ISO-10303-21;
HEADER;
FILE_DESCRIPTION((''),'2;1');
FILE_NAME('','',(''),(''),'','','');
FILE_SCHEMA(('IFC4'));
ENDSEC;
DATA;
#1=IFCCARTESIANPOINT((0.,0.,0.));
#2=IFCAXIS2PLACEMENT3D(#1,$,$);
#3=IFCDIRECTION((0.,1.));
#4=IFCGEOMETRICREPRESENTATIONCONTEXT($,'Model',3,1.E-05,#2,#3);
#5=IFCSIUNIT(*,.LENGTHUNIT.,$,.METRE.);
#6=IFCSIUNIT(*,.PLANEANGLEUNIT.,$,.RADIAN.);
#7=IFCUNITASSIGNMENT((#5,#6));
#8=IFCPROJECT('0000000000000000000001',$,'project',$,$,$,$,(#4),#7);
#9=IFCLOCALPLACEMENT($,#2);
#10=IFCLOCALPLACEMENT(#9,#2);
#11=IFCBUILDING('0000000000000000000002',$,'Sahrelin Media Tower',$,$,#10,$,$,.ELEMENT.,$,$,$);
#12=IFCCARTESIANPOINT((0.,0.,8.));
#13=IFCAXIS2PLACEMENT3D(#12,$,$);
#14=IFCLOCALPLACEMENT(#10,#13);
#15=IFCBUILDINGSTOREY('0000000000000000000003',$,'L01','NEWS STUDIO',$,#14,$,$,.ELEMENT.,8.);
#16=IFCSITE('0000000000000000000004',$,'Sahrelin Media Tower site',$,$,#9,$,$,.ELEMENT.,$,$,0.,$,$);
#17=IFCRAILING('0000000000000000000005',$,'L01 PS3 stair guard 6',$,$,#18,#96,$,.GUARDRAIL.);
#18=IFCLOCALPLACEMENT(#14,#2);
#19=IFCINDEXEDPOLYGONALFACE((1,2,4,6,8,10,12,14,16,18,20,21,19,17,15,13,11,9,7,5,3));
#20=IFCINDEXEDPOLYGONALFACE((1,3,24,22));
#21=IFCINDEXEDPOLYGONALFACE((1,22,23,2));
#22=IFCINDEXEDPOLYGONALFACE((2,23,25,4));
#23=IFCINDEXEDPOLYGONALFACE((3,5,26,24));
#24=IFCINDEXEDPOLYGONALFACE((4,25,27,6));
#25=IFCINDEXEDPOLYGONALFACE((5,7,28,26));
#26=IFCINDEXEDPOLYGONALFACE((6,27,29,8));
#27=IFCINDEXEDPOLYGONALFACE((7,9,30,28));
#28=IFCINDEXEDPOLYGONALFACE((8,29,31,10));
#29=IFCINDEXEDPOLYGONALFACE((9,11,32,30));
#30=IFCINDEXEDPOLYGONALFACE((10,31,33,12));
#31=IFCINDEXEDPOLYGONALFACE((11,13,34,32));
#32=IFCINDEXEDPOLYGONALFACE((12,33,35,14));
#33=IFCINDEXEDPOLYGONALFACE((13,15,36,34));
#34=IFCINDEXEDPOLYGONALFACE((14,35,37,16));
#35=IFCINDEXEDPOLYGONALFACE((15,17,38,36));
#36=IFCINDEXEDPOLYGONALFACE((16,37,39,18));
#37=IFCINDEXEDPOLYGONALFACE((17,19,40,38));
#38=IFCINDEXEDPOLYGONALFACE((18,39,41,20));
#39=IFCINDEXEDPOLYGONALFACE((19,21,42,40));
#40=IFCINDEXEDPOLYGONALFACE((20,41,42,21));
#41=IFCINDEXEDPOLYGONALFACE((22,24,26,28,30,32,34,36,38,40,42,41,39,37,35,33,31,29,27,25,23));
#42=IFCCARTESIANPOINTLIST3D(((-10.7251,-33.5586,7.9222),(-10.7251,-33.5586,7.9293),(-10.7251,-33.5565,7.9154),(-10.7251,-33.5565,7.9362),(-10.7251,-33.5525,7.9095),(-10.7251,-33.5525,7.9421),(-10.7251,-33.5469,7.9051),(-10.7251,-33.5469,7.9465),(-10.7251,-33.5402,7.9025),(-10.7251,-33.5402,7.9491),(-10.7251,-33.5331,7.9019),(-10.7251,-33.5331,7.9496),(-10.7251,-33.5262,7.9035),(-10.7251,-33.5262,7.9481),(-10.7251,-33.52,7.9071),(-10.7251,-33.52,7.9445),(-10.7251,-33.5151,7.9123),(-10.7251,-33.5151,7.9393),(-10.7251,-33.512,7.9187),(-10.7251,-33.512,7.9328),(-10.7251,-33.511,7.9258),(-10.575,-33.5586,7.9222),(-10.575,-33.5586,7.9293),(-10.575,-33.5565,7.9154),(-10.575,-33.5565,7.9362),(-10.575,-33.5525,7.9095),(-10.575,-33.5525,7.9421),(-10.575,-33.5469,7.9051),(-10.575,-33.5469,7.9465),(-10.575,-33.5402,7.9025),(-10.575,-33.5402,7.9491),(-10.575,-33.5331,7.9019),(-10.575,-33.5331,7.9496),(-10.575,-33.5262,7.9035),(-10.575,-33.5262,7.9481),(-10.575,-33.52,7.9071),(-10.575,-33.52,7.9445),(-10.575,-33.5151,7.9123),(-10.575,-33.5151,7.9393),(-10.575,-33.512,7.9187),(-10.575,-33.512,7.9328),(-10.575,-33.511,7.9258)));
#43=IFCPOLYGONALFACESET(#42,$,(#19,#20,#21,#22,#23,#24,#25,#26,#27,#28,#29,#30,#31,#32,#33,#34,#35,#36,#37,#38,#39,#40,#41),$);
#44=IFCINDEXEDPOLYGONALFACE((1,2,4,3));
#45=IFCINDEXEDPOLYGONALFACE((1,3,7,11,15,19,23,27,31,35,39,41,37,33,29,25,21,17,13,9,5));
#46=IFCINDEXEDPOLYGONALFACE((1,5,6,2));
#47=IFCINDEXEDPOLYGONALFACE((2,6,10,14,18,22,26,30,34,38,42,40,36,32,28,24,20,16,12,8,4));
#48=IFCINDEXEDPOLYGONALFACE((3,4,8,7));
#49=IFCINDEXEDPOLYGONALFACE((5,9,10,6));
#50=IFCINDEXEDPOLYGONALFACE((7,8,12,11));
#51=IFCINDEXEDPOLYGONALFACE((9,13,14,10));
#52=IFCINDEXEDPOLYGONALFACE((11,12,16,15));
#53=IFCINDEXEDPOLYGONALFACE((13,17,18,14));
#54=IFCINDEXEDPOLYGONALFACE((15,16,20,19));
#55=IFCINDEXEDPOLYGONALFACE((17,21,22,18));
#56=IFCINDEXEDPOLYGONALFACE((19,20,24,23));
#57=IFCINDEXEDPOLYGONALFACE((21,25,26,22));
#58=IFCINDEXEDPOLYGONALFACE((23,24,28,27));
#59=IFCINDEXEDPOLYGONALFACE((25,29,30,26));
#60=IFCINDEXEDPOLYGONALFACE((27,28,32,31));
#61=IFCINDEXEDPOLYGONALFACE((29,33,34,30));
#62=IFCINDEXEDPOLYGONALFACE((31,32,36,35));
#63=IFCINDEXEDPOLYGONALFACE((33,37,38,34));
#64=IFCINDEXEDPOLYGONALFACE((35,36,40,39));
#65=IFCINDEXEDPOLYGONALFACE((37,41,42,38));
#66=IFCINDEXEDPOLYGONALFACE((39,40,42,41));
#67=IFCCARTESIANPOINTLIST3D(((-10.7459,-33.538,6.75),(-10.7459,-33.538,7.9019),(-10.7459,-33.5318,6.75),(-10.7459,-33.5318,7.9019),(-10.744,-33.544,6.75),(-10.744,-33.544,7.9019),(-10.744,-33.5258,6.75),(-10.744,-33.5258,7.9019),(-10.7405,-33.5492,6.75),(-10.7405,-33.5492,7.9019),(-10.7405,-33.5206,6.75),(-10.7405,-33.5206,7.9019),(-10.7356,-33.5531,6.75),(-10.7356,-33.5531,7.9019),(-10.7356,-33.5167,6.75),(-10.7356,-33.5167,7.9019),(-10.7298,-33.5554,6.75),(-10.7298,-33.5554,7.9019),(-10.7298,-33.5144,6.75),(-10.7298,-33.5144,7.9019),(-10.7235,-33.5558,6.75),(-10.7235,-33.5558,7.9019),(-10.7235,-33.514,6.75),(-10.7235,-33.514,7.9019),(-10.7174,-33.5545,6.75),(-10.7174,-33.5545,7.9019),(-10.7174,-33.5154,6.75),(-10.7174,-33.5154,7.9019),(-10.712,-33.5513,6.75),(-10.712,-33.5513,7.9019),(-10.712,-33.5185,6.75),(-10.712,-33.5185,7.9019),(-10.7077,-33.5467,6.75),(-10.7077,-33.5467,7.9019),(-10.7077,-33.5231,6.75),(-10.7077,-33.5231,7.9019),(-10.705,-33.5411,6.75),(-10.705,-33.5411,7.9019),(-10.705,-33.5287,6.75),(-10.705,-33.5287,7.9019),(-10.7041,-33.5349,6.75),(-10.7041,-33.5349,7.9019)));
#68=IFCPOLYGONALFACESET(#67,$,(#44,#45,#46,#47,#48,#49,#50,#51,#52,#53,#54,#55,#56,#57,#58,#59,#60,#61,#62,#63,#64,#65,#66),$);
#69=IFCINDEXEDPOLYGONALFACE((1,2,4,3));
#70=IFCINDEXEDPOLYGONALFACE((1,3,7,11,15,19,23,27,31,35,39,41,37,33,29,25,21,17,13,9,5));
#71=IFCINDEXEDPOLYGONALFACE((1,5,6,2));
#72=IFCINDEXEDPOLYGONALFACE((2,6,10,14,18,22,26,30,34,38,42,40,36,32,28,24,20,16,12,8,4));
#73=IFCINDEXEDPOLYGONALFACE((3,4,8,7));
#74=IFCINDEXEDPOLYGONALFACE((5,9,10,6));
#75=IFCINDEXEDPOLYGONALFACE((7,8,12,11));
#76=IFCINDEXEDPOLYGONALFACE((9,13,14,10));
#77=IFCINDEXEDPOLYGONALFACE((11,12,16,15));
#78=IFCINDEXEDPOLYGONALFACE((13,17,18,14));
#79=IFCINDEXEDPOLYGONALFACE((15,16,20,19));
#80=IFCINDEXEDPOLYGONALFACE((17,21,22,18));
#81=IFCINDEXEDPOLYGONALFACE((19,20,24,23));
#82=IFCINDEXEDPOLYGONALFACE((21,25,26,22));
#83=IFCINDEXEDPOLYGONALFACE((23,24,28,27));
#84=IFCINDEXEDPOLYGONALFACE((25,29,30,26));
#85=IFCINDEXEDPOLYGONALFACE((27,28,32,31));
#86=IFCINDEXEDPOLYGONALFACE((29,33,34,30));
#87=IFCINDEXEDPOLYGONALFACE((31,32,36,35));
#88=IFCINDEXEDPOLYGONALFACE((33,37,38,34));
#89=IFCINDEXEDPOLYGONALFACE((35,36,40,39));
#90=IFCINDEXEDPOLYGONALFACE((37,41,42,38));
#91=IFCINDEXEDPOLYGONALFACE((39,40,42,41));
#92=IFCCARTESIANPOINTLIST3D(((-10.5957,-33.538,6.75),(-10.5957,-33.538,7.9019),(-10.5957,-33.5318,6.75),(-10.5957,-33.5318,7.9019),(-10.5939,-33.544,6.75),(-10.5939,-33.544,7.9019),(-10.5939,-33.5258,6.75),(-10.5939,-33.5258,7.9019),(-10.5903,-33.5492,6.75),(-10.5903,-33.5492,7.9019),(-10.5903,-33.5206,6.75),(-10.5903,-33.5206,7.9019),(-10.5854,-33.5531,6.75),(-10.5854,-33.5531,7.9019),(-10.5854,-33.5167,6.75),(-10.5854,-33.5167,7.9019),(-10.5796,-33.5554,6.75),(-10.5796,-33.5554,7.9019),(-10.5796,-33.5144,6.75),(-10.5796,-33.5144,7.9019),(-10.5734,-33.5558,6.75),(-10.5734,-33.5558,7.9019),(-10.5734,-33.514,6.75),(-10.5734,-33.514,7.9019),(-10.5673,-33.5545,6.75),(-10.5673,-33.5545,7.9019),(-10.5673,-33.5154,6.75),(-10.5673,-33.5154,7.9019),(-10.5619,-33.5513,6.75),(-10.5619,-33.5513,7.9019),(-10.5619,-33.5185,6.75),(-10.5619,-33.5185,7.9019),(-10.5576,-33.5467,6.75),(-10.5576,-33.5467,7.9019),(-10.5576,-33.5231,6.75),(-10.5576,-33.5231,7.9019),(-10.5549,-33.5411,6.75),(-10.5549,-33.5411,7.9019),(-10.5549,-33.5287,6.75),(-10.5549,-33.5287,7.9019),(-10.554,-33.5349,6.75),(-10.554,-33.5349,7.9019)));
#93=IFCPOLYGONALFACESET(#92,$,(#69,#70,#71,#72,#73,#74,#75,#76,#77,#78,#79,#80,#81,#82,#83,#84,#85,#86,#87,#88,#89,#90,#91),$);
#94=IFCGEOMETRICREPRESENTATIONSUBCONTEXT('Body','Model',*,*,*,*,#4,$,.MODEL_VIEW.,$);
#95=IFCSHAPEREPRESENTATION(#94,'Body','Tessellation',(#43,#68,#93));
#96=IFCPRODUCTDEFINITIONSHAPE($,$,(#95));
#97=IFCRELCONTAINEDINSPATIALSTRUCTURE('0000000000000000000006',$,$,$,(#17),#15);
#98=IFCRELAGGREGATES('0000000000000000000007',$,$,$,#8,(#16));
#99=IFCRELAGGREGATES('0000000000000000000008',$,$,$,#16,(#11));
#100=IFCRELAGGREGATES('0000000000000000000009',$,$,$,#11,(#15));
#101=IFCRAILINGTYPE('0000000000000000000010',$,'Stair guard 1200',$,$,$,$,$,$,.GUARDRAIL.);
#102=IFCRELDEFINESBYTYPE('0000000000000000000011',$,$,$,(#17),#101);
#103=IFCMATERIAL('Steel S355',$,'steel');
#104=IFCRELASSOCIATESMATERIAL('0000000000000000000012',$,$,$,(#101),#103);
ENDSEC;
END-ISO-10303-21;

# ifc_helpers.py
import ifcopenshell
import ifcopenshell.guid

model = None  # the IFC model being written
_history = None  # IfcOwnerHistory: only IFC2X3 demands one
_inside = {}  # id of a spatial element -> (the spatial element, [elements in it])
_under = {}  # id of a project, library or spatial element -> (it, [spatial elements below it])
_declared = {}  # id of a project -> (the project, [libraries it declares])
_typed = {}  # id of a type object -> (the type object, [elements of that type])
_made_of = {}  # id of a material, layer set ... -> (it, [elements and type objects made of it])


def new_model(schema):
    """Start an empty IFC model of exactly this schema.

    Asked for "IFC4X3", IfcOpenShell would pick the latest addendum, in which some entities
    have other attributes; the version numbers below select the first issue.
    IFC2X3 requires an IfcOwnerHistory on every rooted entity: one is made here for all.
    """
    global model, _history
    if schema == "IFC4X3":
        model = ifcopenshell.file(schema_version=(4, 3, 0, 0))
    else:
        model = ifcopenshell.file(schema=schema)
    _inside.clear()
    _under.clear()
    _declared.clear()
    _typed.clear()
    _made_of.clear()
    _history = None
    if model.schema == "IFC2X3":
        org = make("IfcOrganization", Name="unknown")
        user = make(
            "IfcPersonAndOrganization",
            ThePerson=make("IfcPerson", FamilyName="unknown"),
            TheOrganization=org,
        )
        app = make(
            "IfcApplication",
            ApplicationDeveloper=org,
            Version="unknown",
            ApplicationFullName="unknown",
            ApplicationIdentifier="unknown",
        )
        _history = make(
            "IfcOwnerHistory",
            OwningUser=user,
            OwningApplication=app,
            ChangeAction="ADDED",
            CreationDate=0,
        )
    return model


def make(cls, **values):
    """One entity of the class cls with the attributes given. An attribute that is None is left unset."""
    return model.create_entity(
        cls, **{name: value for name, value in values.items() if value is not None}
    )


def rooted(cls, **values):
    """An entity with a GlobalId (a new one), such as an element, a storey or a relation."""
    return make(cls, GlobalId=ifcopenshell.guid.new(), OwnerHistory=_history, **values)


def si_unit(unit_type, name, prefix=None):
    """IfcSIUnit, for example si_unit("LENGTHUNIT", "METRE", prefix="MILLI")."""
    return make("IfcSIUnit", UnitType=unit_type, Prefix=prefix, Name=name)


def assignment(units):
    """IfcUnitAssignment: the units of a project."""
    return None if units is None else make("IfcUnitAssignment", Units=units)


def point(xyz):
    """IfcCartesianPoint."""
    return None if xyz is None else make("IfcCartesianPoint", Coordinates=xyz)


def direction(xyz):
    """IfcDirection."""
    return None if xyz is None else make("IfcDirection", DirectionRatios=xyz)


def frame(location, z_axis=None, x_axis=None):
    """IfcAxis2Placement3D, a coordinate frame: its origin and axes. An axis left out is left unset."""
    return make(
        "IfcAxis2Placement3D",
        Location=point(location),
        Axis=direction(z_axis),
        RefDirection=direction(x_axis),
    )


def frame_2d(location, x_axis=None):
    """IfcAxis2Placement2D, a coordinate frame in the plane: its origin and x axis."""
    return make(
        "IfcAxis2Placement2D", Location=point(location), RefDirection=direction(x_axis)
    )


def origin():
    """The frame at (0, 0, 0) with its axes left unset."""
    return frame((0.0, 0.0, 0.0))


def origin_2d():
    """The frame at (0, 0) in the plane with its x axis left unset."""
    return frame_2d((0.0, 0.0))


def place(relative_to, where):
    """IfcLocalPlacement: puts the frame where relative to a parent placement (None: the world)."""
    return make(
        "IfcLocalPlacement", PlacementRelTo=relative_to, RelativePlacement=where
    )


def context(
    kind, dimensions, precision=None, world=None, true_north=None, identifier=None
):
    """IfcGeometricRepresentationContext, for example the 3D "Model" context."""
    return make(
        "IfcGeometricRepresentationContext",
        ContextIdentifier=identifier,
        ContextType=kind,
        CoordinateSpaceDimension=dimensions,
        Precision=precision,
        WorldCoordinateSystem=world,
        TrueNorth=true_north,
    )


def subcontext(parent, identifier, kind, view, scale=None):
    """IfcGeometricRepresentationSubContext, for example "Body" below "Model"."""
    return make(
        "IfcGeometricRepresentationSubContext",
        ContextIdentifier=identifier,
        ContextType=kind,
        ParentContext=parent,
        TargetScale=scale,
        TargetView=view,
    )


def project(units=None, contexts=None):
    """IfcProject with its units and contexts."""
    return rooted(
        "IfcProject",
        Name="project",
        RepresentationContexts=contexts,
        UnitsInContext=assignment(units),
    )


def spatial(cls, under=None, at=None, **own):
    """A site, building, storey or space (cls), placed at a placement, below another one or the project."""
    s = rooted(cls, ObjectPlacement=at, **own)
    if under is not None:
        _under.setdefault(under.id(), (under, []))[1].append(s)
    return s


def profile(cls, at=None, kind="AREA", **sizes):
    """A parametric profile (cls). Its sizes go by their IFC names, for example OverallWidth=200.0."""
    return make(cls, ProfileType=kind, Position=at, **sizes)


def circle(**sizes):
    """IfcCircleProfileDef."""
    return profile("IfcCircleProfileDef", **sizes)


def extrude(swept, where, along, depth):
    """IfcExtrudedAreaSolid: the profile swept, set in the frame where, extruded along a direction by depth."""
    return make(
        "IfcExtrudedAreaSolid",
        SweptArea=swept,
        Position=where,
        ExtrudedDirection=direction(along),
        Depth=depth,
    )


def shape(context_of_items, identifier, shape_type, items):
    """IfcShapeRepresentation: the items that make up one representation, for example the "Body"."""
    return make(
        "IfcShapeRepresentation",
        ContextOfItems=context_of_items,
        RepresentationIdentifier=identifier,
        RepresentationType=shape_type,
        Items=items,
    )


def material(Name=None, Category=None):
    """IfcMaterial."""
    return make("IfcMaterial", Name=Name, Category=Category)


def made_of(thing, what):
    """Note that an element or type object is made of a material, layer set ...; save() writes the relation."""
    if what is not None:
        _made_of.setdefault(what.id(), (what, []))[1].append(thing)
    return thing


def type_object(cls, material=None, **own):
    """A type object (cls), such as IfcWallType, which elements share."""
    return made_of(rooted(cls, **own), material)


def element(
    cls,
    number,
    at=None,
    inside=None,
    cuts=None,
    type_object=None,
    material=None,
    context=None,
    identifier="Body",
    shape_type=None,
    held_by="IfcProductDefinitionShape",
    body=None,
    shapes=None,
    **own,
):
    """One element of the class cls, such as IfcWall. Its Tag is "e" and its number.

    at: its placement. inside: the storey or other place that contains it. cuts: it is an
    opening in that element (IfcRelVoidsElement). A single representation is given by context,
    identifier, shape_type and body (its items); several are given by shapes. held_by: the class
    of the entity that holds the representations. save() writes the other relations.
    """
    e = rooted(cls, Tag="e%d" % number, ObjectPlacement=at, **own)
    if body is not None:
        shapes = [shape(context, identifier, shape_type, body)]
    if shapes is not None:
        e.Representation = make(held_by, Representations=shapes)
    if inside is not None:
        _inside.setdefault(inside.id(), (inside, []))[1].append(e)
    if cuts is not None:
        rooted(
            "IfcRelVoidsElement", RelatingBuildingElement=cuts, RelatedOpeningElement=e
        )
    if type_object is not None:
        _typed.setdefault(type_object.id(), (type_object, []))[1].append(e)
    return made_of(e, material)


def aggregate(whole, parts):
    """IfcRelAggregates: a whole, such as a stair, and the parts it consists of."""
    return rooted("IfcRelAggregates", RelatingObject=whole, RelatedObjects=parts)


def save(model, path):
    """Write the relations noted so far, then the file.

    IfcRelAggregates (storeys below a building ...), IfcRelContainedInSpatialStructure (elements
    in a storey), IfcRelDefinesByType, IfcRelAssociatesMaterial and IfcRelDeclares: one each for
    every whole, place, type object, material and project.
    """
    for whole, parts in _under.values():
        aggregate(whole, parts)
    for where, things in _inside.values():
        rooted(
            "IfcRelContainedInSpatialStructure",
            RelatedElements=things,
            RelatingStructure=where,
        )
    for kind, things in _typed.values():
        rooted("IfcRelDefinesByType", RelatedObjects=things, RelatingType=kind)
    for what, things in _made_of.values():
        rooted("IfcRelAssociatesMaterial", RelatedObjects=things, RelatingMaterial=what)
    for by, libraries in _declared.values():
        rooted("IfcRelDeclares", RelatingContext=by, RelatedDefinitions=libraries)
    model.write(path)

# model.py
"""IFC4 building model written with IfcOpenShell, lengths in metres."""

from ifc_helpers import new_model, si_unit, direction, frame, origin, origin_2d, place, context, subcontext, project, spatial, circle, extrude, material, type_object, element, save


model = new_model("IFC4")

# Units and contexts
model_context = context("Model", 3, precision=1e-05, world=origin(), true_north=direction((0.0, 1.0)))
body_context = subcontext(model_context, "Body", "Model", "MODEL_VIEW")
ifc_project = project(units=[si_unit("LENGTHUNIT", "METRE"), si_unit("PLANEANGLEUNIT", "RADIAN")], contexts=[model_context])

# Site, building, storey
site_placement = place(None, origin())
site = spatial("IfcSite", under=ifc_project, at=site_placement, Name="Sahrelin Media Tower site", CompositionType="ELEMENT", RefElevation=0.0)
building_placement = place(site_placement, origin())
building = spatial("IfcBuilding", under=site, at=building_placement, Name="Sahrelin Media Tower", CompositionType="ELEMENT")
storey_placement = place(building_placement, frame((0.0, 0.0, 8.0)))
storey = spatial("IfcBuildingStorey", under=building, at=storey_placement, Name="L01", Description="NEWS STUDIO", CompositionType="ELEMENT", Elevation=8.0)

# Shared definitions
ifc_material_1 = material(Name="Steel S355", Category="steel")

# Railing
railing_type_1 = type_object("IfcRailingType", Name="Stair guard 1200", PredefinedType="GUARDRAIL", material=ifc_material_1)
railing_1_placement = place(storey_placement, frame((-10.7251, -33.5349, 6.75)))
element("IfcRailing", 1, at=railing_1_placement, inside=storey, type_object=railing_type_1, Name="L01 PS3 stair guard 6", PredefinedType="GUARDRAIL", context=body_context, shape_type="SweptSolid", body=[
    extrude(circle(Radius=0.0239, at=origin_2d()), frame((0.0, 0.0, 1.1758), z_axis=(1.0, 0.0, 0.0), x_axis=(0.0, 1.0, 0.0)), (0.0, 0.0, 1.0), 0.1501),
    extrude(circle(Radius=0.021, at=origin_2d()), origin(), (0.0, 0.0, 1.0), 1.1519),
    extrude(circle(Radius=0.021, at=origin_2d()), frame((0.1501, 0.0, 0.0)), (0.0, 0.0, 1.0), 1.1519),
])

save(model, "model.ifc")
